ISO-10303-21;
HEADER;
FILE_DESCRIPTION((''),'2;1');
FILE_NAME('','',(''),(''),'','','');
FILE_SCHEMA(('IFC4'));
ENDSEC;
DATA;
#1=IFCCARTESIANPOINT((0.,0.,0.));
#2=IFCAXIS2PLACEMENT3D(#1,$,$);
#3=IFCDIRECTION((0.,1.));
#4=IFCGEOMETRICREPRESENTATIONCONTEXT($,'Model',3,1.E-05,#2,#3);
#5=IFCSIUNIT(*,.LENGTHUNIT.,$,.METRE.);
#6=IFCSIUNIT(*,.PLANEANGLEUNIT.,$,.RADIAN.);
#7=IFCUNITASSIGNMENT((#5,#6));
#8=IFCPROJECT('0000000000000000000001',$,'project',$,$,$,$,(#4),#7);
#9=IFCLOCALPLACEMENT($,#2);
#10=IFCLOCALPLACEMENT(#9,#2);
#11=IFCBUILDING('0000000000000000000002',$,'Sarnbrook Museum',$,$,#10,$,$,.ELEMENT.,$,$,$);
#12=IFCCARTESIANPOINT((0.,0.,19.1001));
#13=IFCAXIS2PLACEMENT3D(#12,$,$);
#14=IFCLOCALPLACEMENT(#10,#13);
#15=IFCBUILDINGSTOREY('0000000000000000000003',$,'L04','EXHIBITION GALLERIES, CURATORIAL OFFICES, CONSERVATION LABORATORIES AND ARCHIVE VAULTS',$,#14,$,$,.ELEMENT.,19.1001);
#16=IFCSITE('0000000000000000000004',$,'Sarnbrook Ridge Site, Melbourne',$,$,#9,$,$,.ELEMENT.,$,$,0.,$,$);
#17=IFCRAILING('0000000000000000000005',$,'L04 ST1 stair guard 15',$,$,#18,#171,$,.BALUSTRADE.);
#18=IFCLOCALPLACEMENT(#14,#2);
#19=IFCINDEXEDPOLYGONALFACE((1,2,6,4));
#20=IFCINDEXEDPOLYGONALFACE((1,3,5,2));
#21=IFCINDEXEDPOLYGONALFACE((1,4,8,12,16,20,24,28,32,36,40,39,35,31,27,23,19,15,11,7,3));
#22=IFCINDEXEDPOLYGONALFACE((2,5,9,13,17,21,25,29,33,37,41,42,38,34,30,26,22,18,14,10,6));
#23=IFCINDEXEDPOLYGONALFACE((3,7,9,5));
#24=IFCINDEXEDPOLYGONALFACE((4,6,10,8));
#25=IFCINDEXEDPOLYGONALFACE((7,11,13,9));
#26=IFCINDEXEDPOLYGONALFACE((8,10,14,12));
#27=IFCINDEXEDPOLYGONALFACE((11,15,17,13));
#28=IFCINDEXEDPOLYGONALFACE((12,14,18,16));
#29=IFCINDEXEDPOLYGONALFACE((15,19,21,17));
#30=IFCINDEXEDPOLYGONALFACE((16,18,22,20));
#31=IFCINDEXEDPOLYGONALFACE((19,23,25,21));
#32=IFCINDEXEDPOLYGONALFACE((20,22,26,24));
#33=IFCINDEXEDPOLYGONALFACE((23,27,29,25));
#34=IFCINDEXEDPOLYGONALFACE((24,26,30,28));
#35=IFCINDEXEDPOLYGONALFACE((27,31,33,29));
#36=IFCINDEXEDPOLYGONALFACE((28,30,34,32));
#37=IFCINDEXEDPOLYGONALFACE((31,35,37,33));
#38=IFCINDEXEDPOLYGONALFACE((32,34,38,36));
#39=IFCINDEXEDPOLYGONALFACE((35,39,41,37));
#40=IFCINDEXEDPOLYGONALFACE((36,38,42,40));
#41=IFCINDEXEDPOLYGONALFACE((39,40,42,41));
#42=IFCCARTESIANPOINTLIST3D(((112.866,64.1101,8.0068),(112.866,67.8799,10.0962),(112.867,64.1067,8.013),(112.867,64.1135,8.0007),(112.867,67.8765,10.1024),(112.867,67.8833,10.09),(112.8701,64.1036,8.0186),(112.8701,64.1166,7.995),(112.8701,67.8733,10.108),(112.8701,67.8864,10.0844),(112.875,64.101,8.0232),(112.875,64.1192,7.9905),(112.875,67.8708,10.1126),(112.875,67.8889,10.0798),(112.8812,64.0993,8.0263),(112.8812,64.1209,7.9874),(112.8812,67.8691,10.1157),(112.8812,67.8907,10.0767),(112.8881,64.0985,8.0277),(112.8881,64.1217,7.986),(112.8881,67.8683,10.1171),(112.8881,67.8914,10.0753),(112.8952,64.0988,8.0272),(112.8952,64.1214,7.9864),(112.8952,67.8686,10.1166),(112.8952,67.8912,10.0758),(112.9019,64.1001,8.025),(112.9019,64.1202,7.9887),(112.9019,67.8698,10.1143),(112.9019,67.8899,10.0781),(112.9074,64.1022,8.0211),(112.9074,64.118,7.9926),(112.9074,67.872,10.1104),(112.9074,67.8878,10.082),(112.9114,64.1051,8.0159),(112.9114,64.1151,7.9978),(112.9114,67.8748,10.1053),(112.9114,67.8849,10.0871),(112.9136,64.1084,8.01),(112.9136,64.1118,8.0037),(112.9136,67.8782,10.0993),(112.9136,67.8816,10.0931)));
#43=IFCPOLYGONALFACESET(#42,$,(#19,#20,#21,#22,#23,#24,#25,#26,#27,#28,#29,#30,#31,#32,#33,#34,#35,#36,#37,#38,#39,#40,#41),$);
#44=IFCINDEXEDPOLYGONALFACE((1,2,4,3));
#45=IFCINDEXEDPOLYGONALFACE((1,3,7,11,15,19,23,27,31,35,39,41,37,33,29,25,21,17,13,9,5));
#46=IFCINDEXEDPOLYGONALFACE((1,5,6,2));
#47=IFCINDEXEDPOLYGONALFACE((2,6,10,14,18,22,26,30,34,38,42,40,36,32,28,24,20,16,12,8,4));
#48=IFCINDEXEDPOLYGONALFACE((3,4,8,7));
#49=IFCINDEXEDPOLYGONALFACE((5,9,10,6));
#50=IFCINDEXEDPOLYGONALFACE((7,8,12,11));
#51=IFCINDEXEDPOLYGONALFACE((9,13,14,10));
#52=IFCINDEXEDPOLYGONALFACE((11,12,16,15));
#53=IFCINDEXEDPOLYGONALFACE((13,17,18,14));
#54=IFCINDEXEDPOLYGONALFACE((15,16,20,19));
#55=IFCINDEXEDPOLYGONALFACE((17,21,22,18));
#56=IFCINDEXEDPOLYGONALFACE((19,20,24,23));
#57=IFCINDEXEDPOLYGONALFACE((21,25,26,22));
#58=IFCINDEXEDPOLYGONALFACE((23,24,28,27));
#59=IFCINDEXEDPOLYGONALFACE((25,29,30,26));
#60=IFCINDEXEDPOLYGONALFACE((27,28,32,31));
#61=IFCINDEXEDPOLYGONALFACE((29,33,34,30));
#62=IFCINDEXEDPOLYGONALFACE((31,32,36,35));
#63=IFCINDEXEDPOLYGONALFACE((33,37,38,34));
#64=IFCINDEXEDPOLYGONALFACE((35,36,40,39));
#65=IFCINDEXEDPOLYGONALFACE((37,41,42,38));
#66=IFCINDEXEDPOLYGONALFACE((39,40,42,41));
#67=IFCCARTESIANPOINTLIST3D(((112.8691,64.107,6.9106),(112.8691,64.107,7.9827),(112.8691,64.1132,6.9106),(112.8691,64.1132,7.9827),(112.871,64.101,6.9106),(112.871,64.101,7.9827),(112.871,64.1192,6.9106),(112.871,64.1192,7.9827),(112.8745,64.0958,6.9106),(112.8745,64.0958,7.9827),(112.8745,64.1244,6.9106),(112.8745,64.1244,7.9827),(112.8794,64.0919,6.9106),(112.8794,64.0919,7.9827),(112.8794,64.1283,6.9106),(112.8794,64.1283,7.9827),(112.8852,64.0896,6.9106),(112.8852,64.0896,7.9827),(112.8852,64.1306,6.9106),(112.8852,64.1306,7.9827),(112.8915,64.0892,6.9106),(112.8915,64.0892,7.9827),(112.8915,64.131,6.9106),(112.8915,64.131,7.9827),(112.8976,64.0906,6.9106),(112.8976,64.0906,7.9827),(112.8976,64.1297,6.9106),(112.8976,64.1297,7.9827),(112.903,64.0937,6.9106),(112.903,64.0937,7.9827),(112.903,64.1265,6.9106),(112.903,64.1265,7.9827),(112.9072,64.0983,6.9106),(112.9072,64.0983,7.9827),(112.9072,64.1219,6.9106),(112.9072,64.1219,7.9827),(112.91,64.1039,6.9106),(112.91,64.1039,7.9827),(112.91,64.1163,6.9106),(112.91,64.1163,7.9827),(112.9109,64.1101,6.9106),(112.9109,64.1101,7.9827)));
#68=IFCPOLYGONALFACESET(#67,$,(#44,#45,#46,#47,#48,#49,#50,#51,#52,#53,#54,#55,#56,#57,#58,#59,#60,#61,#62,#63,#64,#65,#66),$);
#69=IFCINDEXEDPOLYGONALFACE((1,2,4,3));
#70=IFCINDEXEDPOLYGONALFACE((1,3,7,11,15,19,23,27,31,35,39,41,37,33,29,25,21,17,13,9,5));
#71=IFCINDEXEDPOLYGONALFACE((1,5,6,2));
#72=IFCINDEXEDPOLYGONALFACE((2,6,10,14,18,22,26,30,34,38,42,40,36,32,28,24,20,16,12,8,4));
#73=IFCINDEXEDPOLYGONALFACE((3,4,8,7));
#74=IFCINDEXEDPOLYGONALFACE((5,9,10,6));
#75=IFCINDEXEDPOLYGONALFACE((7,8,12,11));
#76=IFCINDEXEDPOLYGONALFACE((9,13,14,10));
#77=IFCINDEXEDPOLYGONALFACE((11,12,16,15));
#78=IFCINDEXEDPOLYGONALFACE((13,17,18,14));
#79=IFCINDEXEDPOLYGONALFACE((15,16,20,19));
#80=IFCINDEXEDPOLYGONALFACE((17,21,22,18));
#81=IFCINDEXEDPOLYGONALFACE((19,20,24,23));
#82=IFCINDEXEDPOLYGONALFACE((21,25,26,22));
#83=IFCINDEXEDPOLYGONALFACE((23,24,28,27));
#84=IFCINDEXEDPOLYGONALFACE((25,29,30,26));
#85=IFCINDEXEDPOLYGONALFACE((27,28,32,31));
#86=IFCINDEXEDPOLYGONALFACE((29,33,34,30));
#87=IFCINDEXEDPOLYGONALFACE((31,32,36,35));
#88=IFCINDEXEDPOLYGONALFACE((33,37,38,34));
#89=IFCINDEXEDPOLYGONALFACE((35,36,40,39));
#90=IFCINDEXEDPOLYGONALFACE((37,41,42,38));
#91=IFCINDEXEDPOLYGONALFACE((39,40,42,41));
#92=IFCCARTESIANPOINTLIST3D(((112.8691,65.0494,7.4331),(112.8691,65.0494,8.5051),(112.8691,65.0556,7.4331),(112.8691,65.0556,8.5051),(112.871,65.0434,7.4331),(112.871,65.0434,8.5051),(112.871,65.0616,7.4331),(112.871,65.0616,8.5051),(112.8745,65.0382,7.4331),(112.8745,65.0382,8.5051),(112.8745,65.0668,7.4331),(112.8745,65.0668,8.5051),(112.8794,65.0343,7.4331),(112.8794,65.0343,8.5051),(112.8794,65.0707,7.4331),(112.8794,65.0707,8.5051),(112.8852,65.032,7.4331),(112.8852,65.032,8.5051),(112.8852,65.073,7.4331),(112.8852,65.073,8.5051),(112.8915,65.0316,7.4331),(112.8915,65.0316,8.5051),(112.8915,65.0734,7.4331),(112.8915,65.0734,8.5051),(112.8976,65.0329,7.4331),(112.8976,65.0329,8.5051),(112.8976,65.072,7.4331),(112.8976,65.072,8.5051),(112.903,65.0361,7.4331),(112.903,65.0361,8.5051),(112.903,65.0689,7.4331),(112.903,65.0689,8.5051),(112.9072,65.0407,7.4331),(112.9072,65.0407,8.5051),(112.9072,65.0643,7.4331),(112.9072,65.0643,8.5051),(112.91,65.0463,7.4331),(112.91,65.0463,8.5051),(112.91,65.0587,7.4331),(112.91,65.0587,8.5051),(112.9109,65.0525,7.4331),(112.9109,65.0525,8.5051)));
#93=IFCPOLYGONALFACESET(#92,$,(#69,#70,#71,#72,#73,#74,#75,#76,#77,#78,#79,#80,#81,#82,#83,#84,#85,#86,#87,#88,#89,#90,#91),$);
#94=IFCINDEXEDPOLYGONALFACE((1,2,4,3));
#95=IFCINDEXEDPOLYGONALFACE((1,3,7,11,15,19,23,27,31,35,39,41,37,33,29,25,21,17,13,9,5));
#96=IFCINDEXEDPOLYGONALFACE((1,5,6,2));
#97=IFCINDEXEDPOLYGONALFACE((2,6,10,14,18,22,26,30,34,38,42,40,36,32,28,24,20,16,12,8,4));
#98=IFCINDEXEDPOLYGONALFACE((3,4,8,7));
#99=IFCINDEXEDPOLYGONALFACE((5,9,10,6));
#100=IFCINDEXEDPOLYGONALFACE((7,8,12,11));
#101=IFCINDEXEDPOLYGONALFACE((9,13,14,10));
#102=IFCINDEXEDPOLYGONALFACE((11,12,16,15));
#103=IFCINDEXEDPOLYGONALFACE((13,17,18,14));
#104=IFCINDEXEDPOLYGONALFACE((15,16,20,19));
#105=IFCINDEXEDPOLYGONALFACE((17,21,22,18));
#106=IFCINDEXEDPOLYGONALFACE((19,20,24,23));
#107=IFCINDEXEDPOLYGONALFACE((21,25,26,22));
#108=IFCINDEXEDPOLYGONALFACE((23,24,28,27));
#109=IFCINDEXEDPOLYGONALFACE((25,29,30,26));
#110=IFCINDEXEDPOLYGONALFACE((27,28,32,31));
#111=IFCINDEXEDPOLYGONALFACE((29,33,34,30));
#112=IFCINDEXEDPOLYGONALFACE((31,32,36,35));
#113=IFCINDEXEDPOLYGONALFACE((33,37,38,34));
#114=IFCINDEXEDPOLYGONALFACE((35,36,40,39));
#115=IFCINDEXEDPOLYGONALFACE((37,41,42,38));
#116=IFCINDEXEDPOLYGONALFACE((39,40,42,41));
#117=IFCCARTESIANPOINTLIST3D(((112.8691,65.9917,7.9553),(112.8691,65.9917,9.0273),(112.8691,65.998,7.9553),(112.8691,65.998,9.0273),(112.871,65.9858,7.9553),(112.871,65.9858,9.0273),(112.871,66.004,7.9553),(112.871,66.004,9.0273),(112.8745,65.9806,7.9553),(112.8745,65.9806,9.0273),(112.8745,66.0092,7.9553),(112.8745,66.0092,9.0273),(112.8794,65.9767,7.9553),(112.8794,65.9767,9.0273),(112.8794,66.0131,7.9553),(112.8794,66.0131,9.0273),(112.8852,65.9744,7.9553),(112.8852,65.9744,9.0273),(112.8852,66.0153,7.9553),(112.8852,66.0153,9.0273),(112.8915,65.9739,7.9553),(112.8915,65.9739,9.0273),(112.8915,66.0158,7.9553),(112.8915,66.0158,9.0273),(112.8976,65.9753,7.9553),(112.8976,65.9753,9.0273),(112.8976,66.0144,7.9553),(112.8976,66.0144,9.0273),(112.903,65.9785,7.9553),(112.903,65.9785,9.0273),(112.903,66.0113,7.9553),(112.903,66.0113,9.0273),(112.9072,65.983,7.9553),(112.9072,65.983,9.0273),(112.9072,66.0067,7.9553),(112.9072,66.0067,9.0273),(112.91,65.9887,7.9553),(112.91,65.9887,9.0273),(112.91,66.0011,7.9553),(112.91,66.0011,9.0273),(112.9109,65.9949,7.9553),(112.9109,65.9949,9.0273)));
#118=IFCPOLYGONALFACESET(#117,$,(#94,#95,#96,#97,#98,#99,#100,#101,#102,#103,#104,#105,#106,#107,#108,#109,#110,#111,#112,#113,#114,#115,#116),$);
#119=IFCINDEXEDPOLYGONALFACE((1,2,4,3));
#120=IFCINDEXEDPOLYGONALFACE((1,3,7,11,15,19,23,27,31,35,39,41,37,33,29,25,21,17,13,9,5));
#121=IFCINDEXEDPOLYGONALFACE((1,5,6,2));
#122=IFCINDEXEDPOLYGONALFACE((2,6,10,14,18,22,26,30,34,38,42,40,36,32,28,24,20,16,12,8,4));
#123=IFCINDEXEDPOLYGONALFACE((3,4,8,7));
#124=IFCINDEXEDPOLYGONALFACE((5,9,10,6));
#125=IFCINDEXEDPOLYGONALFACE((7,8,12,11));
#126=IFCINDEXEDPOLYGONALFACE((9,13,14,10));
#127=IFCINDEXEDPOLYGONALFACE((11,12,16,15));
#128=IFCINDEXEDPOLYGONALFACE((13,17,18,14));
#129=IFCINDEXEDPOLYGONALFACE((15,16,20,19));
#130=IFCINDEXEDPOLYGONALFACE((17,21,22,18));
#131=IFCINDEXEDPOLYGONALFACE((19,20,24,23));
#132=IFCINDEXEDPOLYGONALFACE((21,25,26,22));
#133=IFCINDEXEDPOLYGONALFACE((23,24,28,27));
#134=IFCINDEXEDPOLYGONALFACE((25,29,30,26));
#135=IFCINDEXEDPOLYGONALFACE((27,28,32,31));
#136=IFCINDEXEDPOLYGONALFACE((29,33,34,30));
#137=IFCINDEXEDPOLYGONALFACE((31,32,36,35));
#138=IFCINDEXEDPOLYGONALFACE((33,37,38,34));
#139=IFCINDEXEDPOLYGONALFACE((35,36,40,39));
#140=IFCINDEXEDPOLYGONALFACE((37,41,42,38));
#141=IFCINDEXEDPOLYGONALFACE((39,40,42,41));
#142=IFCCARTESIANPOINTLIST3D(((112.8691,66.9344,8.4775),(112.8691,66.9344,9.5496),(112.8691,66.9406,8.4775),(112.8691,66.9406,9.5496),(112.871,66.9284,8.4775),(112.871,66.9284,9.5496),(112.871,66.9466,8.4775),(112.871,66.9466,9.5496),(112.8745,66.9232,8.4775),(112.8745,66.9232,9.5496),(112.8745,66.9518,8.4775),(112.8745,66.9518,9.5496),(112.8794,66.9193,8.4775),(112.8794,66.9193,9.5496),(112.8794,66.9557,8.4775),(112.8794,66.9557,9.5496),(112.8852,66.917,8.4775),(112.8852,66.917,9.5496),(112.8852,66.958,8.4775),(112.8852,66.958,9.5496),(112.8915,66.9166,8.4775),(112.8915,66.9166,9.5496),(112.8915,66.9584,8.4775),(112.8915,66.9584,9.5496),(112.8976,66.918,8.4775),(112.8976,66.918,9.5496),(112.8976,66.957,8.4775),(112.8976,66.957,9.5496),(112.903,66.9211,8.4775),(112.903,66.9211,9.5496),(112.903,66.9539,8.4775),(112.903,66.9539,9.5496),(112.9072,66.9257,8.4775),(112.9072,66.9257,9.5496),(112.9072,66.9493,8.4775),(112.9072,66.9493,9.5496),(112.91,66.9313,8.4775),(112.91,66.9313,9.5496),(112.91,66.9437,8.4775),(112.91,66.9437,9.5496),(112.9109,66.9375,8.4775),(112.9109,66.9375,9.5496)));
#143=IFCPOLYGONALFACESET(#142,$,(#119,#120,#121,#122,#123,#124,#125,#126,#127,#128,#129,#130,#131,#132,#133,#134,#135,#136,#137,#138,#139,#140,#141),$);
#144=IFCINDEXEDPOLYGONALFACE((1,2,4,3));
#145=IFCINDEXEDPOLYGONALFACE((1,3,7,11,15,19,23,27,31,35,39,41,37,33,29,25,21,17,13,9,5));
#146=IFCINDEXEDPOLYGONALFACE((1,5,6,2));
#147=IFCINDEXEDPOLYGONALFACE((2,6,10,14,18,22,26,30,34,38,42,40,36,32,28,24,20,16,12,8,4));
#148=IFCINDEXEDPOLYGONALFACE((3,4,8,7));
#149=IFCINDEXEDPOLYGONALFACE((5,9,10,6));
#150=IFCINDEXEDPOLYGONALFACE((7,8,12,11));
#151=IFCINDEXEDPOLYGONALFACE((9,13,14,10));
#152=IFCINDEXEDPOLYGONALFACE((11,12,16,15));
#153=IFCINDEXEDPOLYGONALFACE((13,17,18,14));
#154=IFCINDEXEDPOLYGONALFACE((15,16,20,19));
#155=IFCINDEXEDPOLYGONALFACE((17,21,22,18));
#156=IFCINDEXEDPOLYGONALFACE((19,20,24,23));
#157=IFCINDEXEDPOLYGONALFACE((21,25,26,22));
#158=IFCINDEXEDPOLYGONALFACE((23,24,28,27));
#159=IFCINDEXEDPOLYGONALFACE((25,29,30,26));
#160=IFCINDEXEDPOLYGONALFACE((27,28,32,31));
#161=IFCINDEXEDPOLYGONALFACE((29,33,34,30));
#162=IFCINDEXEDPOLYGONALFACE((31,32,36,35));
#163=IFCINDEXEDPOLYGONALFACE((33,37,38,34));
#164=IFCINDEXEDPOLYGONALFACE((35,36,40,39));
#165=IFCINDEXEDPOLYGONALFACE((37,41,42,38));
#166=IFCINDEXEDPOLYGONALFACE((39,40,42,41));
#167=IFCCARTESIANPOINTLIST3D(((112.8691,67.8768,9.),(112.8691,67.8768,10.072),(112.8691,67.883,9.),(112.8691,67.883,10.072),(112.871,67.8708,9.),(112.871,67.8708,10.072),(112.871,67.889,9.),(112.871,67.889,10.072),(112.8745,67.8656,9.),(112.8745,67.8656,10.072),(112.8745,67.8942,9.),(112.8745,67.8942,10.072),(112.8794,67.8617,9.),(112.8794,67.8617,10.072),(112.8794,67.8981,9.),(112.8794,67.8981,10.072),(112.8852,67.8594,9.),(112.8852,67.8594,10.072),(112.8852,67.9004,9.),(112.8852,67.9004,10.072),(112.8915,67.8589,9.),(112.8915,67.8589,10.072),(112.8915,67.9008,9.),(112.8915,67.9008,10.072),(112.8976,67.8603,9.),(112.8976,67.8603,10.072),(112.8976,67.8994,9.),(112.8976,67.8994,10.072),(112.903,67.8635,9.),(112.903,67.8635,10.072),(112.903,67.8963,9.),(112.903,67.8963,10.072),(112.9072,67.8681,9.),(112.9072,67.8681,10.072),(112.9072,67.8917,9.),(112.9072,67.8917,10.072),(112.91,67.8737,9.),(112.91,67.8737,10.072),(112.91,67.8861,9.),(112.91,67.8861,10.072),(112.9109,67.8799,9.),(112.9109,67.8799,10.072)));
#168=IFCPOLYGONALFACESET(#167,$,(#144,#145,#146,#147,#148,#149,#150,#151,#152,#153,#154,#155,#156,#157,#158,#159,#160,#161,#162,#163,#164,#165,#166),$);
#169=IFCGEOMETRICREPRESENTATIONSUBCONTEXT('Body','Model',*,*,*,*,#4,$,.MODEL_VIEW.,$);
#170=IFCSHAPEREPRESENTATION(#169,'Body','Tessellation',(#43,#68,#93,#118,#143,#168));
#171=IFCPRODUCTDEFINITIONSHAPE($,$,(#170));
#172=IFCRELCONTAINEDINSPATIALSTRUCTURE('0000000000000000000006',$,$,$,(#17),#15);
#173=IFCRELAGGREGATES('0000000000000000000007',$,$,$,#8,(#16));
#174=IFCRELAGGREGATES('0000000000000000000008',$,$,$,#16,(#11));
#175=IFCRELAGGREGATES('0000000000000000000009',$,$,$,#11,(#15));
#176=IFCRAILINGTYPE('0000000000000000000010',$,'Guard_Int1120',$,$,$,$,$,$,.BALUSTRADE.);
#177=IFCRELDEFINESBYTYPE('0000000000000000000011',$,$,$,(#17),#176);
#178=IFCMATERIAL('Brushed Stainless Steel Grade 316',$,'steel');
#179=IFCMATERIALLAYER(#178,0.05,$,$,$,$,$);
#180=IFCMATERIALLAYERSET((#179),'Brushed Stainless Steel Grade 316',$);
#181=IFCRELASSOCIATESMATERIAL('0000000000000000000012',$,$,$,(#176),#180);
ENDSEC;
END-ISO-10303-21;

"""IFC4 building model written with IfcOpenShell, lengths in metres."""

from ifc_helpers import new_model, si_unit, direction, frame, origin, origin_2d, place, context, subcontext, project, spatial, circle, extrude, material, layer, layer_set, type_object, element, save


model = new_model("IFC4")

# Units and contexts
model_context = context("Model", 3, precision=1e-05, world=origin(), true_north=direction((0.0, 1.0)))
body_context = subcontext(model_context, "Body", "Model", "MODEL_VIEW")
ifc_project = project(units=[si_unit("LENGTHUNIT", "METRE"), si_unit("PLANEANGLEUNIT", "RADIAN")], contexts=[model_context])

# Site, building, storey
site_placement = place(None, origin())
site = spatial("IfcSite", under=ifc_project, at=site_placement, Name="Sarnbrook Ridge Site, Melbourne", CompositionType="ELEMENT", RefElevation=0.0)
building_placement = place(site_placement, origin())
building = spatial("IfcBuilding", under=site, at=building_placement, Name="Sarnbrook Museum", CompositionType="ELEMENT")
storey_placement = place(building_placement, frame((0.0, 0.0, 19.1001)))
storey = spatial("IfcBuildingStorey", under=building, at=storey_placement, Name="L04", Description="EXHIBITION GALLERIES, CURATORIAL OFFICES, CONSERVATION LABORATORIES AND ARCHIVE VAULTS", CompositionType="ELEMENT", Elevation=19.1001)

# Shared definitions
ifc_material_1 = material(Name="Brushed Stainless Steel Grade 316", Category="steel")

# Railing
ifc_layer_1 = layer(ifc_material_1, 0.05)
ifc_layer_set_1 = layer_set([ifc_layer_1], Name="Brushed Stainless Steel Grade 316")
railing_type_1 = type_object("IfcRailingType", Name="Guard_Int1120", PredefinedType="BALUSTRADE", material=ifc_layer_set_1)
railing_1_placement = place(storey_placement, frame((112.8899, 64.1101, 6.9106)))
element("IfcRailing", 1, at=railing_1_placement, inside=storey, type_object=railing_type_1, Name="L04 ST1 stair guard 15", PredefinedType="BALUSTRADE", context=body_context, shape_type="SweptSolid", body=[
    extrude(circle(Radius=0.0239, at=origin_2d()), frame((0.0, 0.0, 1.0962), z_axis=(0.0, 0.874646, 0.484763), x_axis=(-1.0, 0.0, 0.0)), (0.0, 0.0, 1.0), 4.3101),
    extrude(circle(Radius=0.021, at=origin_2d()), origin(), (0.0, 0.0, 1.0), 1.072),
    extrude(circle(Radius=0.021, at=origin_2d()), frame((0.0, 0.9424, 0.5225)), (0.0, 0.0, 1.0), 1.072),
    extrude(circle(Radius=0.021, at=origin_2d()), frame((0.0, 1.8848, 1.0447)), (0.0, 0.0, 1.0), 1.072),
    extrude(circle(Radius=0.021, at=origin_2d()), frame((0.0, 2.8274, 1.5669)), (0.0, 0.0, 1.0), 1.072),
    extrude(circle(Radius=0.021, at=origin_2d()), frame((0.0, 3.7698, 2.0894)), (0.0, 0.0, 1.0), 1.072),
])

save(model, "model.ifc")
